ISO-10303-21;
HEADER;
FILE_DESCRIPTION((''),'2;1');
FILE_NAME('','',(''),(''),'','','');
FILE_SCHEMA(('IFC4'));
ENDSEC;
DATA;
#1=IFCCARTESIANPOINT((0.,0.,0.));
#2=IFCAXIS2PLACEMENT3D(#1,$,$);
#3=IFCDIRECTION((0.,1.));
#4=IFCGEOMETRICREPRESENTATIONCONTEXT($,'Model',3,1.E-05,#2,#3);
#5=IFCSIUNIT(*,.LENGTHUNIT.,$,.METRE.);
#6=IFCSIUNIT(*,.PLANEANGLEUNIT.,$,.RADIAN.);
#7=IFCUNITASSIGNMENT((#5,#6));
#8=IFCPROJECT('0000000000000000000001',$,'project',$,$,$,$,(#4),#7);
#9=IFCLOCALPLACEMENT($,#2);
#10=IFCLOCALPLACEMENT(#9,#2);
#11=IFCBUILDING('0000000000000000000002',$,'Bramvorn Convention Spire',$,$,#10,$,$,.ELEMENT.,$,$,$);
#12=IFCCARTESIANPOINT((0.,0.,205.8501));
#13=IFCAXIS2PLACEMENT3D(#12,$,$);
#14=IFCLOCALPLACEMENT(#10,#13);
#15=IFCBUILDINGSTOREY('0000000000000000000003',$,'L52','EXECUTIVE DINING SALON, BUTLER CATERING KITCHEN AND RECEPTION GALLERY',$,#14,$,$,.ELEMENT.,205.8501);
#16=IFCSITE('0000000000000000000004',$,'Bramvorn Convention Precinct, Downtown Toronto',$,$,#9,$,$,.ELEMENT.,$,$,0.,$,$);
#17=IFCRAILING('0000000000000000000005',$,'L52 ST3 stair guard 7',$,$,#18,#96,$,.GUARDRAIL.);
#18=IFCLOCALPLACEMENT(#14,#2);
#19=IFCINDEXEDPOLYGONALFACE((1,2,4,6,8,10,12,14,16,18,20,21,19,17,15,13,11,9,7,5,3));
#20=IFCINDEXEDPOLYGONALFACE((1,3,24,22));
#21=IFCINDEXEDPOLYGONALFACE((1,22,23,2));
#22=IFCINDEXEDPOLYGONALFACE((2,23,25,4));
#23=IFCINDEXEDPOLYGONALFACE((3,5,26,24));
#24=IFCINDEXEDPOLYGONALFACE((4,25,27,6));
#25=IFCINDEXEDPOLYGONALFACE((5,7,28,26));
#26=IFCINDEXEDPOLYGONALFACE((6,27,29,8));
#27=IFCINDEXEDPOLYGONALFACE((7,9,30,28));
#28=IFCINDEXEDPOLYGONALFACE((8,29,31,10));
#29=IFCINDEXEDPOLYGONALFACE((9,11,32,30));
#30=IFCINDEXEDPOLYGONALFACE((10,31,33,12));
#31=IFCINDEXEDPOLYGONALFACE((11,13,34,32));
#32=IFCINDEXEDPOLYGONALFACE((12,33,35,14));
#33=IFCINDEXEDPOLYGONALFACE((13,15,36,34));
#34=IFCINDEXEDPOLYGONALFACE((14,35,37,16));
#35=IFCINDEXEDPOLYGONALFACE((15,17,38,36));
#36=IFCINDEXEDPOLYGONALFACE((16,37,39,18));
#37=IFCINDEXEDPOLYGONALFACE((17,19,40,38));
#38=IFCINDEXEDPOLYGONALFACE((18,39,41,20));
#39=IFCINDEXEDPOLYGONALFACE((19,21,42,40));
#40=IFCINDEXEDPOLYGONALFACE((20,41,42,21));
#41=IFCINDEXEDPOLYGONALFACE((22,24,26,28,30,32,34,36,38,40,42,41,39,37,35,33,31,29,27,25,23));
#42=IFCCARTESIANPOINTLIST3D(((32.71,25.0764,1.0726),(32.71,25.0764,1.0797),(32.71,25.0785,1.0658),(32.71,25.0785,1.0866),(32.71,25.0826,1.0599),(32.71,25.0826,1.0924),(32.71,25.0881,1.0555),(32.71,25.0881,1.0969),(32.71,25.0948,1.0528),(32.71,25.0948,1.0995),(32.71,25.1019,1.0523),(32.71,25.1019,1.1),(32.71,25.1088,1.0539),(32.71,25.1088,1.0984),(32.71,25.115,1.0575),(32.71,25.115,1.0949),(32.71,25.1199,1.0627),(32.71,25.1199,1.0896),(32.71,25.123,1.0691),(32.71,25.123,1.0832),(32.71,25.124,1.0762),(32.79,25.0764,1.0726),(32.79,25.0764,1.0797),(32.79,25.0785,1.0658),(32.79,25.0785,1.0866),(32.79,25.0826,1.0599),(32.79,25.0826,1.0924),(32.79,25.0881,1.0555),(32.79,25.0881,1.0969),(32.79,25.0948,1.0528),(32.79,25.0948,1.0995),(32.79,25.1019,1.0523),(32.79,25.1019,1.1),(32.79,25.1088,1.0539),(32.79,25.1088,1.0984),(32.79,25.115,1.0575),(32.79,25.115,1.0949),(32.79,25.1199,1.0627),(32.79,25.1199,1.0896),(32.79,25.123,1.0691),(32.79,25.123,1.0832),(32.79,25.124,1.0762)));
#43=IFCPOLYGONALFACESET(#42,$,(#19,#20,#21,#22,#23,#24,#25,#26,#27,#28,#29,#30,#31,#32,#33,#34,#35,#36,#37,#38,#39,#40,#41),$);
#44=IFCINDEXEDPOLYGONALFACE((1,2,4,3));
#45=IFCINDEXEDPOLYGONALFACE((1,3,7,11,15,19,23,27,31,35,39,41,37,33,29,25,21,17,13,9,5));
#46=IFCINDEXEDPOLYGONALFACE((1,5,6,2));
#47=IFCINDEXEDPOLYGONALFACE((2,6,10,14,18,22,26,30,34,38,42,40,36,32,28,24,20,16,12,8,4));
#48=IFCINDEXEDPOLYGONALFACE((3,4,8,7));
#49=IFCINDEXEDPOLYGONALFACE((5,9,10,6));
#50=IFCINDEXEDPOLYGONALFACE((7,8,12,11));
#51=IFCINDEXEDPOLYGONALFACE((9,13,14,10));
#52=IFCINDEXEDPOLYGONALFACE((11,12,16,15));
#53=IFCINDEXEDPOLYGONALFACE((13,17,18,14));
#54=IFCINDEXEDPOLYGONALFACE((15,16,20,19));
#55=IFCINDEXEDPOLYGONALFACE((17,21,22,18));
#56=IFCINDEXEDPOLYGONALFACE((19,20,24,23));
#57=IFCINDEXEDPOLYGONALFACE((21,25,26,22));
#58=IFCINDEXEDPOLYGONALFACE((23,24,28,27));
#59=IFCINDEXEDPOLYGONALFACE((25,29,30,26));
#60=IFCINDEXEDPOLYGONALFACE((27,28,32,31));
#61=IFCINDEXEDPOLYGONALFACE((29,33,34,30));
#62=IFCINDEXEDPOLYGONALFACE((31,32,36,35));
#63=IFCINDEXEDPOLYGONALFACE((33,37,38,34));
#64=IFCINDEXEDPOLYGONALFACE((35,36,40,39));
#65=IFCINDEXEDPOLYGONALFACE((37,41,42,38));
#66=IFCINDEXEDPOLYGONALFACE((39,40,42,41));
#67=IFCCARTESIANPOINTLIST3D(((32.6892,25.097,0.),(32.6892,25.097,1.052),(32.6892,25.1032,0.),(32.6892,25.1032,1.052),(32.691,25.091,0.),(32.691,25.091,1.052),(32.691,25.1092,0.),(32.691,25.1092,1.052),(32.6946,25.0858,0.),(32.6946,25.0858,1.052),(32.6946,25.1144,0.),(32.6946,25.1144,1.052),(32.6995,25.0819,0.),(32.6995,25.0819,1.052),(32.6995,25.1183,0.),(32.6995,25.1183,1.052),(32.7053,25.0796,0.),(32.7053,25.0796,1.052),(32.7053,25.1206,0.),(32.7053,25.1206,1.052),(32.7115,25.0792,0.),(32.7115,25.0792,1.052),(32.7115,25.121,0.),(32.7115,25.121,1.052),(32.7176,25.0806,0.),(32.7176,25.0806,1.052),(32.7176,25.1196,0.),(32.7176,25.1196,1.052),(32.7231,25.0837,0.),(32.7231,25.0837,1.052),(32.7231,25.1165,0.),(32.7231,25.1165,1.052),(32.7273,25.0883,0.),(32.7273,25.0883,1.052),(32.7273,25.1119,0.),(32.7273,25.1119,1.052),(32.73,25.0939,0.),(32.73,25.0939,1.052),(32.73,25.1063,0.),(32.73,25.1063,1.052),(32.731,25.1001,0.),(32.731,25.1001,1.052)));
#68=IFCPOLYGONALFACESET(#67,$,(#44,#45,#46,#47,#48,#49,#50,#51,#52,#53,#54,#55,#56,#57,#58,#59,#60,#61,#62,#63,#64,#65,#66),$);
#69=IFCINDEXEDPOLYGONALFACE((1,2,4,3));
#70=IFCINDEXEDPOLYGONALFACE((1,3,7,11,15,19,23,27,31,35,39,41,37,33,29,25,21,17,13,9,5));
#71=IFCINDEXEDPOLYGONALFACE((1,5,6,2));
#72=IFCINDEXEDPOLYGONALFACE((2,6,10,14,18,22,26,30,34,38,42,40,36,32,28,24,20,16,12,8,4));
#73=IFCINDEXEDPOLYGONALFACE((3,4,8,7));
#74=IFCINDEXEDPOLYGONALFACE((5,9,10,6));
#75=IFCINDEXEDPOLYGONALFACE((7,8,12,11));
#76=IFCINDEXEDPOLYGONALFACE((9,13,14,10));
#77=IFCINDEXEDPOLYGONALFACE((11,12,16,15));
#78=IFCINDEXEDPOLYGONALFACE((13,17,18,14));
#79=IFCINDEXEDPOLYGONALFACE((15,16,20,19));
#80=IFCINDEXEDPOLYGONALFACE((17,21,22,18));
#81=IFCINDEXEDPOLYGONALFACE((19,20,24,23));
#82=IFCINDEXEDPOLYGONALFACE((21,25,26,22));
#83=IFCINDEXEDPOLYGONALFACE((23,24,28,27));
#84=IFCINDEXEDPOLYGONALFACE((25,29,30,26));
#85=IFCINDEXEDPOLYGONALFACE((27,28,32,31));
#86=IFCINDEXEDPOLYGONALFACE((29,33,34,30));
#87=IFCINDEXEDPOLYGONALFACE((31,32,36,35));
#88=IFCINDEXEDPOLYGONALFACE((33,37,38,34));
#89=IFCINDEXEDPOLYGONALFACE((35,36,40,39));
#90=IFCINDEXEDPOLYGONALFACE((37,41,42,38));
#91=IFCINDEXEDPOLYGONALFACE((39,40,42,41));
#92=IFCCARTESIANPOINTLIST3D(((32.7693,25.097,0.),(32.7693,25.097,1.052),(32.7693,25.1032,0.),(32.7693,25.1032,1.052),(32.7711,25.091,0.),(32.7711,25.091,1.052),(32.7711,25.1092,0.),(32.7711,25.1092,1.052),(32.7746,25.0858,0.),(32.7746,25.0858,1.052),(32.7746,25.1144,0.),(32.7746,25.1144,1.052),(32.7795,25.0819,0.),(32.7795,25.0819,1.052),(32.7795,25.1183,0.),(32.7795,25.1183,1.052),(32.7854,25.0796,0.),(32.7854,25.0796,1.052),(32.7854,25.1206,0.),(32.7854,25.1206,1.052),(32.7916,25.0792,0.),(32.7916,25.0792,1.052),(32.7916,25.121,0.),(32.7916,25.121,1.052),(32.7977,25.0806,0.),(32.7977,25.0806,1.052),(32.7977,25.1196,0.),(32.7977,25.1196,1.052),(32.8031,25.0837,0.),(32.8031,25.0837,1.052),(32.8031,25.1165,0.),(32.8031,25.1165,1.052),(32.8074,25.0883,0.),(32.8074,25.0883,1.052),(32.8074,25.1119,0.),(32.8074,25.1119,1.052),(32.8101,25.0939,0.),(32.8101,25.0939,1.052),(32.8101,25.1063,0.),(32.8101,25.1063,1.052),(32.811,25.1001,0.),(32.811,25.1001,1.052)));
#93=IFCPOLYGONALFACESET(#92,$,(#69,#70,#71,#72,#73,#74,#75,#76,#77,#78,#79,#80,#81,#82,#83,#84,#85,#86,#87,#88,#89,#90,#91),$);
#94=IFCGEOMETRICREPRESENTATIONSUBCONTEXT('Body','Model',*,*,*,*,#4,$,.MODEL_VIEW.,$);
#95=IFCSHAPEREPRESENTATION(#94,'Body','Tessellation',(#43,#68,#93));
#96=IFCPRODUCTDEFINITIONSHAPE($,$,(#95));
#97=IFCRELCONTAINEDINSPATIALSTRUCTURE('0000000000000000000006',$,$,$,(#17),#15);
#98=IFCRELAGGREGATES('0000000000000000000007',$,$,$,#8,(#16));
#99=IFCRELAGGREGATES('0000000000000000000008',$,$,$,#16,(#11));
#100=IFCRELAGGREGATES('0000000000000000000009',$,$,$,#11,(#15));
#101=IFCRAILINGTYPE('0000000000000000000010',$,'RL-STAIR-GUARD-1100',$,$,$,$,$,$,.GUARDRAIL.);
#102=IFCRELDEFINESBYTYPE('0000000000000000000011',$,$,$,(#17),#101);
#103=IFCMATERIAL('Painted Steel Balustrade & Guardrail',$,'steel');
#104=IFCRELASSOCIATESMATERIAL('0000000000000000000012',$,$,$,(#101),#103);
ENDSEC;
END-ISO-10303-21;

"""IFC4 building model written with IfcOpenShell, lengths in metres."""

from ifc_helpers import new_model, si_unit, direction, frame, origin, origin_2d, place, context, subcontext, project, spatial, circle, extrude, material, type_object, element, save


model = new_model("IFC4")

# Units and contexts
model_context = context("Model", 3, precision=1e-05, world=origin(), true_north=direction((0.0, 1.0)))
body_context = subcontext(model_context, "Body", "Model", "MODEL_VIEW")
ifc_project = project(units=[si_unit("LENGTHUNIT", "METRE"), si_unit("PLANEANGLEUNIT", "RADIAN")], contexts=[model_context])

# Site, building, storey
site_placement = place(None, origin())
site = spatial("IfcSite", under=ifc_project, at=site_placement, Name="Bramvorn Convention Precinct, Downtown Toronto", CompositionType="ELEMENT", RefElevation=0.0)
building_placement = place(site_placement, origin())
building = spatial("IfcBuilding", under=site, at=building_placement, Name="Bramvorn Convention Spire", CompositionType="ELEMENT")
storey_placement = place(building_placement, frame((0.0, 0.0, 205.8501)))
storey = spatial("IfcBuildingStorey", under=building, at=storey_placement, Name="L52", Description="EXECUTIVE DINING SALON, BUTLER CATERING KITCHEN AND RECEPTION GALLERY", CompositionType="ELEMENT", Elevation=205.8501)

# Railing
ifc_material_1 = material(Name="Painted Steel Balustrade & Guardrail", Category="steel")
railing_type_1 = type_object("IfcRailingType", Name="RL-STAIR-GUARD-1100", PredefinedType="GUARDRAIL", material=ifc_material_1)
railing_1_placement = place(storey_placement, frame((32.71, 25.1001, 0.0)))
element("IfcRailing", 1, at=railing_1_placement, inside=storey, type_object=railing_type_1, Name="L52 ST3 stair guard 7", PredefinedType="GUARDRAIL", context=body_context, shape_type="SweptSolid", body=[
    extrude(circle(Radius=0.0239, at=origin_2d()), frame((0.0, 0.0, 1.0762), z_axis=(1.0, 0.0, 0.0), x_axis=(0.0, 1.0, 0.0)), (0.0, 0.0, 1.0), 0.0801),
    extrude(circle(Radius=0.021, at=origin_2d()), origin(), (0.0, 0.0, 1.0), 1.052),
    extrude(circle(Radius=0.021, at=origin_2d()), frame((0.0801, 0.0, 0.0)), (0.0, 0.0, 1.0), 1.052),
])

save(model, "model.ifc")
